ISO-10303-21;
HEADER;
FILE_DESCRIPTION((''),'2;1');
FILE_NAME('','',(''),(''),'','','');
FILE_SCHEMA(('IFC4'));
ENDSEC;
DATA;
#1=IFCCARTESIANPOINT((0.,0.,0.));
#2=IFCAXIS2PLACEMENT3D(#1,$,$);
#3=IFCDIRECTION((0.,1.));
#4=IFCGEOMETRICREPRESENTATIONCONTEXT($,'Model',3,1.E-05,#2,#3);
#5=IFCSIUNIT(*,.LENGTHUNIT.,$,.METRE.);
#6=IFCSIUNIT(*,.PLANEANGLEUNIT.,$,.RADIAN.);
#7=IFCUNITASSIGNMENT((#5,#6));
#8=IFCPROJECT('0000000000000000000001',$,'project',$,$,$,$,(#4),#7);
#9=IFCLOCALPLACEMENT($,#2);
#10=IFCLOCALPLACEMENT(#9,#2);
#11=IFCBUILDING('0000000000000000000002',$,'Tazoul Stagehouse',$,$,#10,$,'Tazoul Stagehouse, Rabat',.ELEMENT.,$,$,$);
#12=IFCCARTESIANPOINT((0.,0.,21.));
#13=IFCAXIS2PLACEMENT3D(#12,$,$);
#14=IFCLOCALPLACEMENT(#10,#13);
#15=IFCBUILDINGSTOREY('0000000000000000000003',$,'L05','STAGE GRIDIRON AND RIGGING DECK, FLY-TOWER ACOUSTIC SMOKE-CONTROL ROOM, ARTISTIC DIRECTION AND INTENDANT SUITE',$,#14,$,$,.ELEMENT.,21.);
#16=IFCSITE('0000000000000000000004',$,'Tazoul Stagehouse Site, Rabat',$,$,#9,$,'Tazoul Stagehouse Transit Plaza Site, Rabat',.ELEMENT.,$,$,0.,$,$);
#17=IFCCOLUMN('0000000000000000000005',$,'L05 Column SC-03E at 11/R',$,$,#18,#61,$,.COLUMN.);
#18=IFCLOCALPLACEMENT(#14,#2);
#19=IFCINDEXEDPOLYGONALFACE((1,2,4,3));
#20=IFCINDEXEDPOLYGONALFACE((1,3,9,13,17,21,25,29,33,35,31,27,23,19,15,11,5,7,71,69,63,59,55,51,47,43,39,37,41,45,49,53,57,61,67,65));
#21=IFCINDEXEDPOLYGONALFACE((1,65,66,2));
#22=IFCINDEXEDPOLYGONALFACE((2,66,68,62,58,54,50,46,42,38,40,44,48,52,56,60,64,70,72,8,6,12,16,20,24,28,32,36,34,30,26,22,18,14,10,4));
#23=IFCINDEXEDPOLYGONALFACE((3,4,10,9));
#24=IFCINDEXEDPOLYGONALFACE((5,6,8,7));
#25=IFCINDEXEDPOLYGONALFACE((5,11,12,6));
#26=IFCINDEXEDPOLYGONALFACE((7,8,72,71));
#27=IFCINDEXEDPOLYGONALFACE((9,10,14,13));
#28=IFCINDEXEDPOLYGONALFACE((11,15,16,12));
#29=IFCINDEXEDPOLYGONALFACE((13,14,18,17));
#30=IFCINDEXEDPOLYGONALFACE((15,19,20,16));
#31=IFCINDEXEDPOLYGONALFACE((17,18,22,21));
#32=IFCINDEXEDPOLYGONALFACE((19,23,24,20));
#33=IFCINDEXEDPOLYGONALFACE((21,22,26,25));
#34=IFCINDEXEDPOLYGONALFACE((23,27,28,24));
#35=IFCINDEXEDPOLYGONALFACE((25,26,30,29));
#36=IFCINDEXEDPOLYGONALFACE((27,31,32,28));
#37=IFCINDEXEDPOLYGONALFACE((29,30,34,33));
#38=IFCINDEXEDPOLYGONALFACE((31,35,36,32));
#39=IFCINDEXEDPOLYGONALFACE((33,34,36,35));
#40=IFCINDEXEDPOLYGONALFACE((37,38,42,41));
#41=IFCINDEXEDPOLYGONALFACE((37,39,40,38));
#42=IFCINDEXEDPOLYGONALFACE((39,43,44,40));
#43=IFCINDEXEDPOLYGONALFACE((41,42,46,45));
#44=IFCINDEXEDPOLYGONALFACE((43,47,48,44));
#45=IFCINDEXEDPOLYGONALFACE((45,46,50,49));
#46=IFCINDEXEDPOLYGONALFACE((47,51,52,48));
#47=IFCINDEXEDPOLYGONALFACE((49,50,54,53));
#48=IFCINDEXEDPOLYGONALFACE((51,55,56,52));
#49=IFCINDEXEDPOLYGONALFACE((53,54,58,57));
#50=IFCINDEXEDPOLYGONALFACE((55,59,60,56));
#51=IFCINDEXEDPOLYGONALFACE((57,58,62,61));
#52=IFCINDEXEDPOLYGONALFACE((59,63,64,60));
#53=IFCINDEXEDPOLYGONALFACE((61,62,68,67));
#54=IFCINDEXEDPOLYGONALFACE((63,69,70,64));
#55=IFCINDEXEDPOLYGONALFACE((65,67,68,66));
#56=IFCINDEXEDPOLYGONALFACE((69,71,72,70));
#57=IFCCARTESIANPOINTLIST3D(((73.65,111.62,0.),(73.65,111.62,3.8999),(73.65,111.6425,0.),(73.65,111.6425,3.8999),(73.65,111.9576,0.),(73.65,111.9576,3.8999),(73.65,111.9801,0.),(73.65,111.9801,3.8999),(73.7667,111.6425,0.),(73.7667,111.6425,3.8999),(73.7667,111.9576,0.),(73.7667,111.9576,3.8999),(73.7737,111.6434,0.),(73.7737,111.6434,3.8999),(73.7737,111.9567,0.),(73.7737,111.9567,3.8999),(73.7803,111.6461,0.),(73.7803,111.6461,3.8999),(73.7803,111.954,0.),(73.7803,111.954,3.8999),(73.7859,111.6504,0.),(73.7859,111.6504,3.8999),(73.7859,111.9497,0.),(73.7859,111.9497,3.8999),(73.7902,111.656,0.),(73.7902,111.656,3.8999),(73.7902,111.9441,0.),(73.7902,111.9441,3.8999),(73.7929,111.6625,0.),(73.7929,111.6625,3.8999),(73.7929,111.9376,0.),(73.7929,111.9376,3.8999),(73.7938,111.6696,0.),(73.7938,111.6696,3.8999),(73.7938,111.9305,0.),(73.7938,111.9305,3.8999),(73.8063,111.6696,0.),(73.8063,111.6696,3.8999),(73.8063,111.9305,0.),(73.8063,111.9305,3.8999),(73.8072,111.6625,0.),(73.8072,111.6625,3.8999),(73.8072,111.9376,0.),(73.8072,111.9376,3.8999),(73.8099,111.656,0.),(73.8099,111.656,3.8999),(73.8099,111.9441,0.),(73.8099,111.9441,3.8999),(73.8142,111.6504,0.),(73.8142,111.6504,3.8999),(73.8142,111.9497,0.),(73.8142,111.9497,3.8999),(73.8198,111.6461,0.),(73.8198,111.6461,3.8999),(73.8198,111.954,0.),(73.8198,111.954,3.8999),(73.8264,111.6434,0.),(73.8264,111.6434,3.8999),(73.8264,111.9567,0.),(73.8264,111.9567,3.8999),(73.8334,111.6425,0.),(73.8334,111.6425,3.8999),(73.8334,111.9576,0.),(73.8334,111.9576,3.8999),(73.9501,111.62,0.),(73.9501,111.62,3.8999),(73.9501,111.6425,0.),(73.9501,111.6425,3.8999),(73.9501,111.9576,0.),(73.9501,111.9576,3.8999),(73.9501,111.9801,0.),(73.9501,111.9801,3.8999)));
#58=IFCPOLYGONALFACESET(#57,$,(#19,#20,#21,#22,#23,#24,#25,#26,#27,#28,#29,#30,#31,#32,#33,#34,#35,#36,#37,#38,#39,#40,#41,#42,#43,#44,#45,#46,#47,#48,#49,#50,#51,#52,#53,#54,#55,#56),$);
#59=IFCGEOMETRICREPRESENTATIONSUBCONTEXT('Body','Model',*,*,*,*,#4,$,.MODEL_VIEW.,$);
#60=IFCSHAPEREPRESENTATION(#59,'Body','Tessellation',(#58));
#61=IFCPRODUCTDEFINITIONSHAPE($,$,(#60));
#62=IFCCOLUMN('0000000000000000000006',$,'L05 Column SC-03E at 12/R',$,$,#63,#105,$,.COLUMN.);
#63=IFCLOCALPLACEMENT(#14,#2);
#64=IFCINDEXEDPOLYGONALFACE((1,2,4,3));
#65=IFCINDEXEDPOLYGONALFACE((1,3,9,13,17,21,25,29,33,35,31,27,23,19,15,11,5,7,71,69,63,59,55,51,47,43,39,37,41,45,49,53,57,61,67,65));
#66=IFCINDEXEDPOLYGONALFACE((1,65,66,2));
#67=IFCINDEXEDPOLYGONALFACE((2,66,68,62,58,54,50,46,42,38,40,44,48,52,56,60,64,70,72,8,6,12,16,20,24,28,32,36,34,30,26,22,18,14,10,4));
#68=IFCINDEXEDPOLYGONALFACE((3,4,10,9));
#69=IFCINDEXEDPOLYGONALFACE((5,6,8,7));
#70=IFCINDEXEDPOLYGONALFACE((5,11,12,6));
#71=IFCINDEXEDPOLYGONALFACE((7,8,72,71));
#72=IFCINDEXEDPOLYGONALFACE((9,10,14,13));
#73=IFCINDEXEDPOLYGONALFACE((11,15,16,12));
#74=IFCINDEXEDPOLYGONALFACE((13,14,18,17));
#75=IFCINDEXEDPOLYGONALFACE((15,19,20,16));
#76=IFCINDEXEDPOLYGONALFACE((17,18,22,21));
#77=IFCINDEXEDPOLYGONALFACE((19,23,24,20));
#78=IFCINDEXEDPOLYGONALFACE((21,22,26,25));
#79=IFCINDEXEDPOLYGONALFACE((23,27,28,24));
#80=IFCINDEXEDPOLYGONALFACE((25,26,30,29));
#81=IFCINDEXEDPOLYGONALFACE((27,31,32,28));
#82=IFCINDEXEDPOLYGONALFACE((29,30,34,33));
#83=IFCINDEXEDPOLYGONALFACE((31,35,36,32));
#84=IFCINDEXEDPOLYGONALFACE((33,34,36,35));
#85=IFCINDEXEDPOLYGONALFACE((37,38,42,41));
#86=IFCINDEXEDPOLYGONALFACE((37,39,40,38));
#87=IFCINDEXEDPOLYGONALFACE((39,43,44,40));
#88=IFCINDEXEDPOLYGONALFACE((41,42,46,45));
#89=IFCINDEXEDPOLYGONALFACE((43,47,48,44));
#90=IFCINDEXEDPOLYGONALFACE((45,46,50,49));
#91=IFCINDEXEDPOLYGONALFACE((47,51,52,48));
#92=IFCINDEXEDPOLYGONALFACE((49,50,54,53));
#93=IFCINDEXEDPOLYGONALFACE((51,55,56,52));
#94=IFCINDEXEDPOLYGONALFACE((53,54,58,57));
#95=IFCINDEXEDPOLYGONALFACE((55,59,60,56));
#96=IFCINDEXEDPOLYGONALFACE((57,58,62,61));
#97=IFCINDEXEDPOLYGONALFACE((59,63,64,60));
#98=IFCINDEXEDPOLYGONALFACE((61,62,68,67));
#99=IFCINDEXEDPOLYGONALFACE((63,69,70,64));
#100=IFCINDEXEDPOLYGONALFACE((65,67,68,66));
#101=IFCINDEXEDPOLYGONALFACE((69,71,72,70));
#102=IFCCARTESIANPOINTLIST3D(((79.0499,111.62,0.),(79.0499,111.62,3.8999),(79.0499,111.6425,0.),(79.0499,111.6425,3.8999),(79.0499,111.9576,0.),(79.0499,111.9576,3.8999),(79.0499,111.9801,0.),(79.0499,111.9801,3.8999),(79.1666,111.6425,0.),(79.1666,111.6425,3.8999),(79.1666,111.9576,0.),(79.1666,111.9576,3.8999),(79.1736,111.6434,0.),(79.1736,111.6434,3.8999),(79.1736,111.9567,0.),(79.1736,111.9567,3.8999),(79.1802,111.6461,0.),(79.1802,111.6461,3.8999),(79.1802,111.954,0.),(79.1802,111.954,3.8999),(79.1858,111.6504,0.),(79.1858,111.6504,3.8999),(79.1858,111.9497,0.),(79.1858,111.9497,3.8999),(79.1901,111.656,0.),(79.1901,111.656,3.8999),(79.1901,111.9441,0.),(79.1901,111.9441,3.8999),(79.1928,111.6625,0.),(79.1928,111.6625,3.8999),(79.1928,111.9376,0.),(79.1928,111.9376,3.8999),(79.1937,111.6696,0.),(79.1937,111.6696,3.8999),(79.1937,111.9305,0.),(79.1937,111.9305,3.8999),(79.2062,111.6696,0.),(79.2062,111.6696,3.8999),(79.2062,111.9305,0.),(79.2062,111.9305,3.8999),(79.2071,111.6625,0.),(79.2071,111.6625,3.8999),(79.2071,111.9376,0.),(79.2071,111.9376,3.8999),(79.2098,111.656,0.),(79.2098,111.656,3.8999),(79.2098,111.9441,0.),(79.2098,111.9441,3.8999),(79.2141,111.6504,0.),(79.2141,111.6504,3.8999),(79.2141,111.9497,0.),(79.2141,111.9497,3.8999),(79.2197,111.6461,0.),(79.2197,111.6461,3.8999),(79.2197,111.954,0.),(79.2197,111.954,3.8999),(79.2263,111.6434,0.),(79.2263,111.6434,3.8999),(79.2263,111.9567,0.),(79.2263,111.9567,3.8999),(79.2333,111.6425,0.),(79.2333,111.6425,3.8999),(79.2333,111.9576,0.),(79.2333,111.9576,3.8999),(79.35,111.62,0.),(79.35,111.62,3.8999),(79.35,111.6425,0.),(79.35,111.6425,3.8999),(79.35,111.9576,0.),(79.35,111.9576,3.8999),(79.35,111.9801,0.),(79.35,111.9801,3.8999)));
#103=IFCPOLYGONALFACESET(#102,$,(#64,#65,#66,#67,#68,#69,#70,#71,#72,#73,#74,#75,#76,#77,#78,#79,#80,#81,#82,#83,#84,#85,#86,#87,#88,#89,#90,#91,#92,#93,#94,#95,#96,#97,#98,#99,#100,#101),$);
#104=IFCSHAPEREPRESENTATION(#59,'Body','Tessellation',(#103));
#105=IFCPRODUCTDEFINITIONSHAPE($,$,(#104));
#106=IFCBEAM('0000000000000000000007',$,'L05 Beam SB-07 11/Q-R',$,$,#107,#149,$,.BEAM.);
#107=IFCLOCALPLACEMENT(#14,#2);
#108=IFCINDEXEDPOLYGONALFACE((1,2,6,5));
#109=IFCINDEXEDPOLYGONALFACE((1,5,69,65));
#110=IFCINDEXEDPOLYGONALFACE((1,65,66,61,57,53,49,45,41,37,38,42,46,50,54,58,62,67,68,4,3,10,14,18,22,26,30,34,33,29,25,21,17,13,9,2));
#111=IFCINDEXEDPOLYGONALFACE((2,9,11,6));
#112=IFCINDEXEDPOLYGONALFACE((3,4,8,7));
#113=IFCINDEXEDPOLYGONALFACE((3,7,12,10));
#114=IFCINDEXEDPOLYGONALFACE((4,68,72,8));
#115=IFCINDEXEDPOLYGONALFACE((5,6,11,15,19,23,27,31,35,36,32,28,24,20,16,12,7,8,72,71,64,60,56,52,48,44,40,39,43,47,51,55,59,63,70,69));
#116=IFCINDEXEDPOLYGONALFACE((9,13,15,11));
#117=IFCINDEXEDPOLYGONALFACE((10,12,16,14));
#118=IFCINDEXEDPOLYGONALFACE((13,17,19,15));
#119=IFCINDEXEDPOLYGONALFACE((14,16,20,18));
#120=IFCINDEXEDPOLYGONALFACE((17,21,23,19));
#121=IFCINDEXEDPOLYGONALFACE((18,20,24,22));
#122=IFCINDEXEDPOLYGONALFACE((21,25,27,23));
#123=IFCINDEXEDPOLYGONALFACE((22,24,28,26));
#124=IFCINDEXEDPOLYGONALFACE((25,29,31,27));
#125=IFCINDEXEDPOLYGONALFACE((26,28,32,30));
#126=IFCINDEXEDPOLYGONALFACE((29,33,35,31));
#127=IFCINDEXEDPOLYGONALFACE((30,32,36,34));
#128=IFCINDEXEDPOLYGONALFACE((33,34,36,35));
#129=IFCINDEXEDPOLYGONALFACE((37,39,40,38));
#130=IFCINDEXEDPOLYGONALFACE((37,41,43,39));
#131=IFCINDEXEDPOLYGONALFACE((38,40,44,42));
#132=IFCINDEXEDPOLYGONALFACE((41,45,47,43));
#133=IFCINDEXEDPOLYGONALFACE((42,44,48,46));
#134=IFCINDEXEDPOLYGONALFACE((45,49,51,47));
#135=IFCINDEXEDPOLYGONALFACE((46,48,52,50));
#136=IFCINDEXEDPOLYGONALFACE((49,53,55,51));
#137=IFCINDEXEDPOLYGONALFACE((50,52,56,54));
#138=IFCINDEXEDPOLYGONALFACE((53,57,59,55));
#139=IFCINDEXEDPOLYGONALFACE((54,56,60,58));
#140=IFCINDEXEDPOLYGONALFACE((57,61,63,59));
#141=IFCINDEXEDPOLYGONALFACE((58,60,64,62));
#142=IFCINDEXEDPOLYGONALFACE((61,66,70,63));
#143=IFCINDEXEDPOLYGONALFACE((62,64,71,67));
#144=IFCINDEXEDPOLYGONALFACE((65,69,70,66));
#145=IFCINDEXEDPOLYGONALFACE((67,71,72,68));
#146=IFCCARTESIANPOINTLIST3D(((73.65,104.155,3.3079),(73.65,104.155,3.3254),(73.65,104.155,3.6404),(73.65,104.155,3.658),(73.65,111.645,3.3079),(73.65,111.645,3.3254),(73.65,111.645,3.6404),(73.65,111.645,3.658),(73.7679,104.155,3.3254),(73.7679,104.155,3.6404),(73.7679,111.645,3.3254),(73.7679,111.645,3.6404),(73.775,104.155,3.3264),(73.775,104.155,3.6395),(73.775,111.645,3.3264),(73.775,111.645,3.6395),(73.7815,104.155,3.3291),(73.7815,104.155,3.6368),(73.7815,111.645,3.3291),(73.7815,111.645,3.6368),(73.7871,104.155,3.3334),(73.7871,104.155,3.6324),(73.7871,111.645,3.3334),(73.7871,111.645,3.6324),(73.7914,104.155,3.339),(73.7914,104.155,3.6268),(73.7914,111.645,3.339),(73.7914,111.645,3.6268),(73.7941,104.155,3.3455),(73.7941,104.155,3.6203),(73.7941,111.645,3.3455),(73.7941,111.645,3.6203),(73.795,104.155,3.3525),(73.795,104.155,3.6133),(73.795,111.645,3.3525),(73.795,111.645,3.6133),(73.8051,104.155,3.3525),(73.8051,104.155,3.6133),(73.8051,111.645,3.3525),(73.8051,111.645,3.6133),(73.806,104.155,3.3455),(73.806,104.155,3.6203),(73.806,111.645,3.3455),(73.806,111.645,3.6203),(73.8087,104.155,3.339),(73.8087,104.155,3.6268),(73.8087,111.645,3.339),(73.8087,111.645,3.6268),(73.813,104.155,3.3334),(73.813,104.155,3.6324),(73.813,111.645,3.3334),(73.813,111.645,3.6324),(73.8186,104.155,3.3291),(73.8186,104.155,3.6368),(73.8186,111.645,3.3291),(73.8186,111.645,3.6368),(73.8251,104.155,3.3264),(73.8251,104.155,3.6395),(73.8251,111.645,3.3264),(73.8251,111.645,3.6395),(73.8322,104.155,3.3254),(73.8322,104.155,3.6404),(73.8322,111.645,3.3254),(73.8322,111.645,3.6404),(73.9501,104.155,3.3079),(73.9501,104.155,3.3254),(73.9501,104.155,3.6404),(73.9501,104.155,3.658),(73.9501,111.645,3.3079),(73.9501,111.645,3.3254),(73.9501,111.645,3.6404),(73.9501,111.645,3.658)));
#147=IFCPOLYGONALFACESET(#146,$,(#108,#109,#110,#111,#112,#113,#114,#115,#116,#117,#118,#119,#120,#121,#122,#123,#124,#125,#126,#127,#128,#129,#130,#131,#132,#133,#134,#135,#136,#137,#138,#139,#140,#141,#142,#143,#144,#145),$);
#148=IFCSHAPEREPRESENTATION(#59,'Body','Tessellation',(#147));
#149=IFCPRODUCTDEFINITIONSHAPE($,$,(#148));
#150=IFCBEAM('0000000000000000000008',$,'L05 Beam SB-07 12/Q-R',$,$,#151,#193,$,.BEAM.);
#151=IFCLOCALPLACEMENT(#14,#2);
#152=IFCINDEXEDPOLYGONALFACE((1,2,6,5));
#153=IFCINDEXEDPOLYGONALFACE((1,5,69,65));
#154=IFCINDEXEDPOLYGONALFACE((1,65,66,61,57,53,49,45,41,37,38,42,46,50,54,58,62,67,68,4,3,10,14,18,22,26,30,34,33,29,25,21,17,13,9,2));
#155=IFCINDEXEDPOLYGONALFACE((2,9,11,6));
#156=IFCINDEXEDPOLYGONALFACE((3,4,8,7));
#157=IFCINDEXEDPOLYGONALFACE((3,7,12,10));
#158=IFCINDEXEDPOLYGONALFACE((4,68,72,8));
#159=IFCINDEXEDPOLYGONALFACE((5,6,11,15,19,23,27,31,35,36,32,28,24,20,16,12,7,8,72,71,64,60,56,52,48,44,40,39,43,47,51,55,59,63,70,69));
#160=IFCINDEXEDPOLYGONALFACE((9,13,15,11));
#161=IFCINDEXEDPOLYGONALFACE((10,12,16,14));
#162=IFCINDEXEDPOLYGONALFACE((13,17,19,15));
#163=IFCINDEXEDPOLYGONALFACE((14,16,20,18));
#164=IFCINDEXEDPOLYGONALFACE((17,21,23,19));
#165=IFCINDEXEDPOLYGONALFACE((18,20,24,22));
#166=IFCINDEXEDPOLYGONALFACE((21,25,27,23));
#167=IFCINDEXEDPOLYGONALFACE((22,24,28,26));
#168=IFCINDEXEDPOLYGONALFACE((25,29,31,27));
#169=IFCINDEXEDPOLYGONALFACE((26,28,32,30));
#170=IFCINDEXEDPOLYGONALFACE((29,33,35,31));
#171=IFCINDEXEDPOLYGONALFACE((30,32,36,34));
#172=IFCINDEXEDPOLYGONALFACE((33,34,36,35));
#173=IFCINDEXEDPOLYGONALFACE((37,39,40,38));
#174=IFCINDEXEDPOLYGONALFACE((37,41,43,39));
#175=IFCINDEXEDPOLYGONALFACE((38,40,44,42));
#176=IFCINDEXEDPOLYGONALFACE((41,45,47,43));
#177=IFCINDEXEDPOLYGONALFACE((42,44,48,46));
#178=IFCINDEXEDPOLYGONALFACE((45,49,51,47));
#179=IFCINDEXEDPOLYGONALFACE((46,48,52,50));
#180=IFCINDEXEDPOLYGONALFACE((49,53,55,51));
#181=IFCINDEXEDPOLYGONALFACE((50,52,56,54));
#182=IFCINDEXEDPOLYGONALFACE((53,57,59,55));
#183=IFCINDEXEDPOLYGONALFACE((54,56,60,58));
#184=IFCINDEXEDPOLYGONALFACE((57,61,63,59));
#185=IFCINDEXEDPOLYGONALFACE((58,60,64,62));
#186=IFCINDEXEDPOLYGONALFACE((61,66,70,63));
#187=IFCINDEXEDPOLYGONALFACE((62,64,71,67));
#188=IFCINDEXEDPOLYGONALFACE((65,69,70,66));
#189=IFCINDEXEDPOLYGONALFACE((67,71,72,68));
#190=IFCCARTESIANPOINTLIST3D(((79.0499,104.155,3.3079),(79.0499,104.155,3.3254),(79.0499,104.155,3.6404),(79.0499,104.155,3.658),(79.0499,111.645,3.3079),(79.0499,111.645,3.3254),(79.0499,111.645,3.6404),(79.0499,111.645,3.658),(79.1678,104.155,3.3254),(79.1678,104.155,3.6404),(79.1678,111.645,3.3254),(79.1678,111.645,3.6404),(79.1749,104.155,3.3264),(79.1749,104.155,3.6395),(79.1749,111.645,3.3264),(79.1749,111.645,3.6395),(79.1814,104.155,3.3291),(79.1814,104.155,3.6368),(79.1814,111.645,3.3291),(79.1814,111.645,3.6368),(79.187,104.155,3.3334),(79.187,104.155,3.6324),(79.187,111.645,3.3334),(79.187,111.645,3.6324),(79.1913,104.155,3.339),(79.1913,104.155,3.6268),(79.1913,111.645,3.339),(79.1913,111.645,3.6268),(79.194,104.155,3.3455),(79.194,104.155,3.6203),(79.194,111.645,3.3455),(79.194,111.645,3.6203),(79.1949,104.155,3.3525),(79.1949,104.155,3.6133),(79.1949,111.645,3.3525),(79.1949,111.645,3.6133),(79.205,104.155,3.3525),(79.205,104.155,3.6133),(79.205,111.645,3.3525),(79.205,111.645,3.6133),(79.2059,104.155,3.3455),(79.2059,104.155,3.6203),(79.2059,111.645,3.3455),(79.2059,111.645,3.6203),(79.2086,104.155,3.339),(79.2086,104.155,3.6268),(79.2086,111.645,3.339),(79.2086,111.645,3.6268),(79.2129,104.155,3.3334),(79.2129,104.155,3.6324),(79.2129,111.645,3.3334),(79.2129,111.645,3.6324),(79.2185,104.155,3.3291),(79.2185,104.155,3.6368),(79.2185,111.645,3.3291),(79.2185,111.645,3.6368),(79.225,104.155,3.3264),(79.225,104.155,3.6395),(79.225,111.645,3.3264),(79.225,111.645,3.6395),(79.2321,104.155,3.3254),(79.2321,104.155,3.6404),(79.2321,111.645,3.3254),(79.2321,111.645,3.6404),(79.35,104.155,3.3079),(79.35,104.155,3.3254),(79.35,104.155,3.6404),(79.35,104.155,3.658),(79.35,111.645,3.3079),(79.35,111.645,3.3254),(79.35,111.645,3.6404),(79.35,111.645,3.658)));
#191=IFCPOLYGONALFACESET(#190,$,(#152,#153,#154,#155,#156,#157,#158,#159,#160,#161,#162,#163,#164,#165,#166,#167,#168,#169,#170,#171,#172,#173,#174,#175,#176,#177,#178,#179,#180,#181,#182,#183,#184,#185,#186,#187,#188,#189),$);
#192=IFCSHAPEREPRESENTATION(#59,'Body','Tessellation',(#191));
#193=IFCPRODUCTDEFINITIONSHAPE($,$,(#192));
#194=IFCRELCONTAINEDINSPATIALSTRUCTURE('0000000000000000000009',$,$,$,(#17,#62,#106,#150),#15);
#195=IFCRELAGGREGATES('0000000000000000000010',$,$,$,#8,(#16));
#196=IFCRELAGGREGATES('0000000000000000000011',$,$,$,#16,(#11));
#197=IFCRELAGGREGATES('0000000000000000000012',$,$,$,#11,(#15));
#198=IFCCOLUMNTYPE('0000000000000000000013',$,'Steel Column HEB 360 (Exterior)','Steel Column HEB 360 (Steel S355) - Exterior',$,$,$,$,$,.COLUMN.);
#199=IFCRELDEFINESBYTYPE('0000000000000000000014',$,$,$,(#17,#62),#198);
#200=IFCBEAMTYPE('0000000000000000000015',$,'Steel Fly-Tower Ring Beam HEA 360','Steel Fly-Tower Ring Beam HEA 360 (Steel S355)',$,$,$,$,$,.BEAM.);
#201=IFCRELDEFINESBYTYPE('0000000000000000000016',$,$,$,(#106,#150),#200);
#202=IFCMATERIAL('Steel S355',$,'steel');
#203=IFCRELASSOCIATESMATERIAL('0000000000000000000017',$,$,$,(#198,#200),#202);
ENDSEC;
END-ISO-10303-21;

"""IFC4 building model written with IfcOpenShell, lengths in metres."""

from ifc_helpers import new_model, si_unit, direction, frame, origin, origin_2d, place, context, subcontext, project, spatial, i_section, extrude, material, material_profile, profile_set, type_object, element, save


model = new_model("IFC4")

# Units and contexts
model_context = context("Model", 3, precision=1e-05, world=origin(), true_north=direction((0.0, 1.0)))
body_context = subcontext(model_context, "Body", "Model", "MODEL_VIEW")
ifc_project = project(units=[si_unit("LENGTHUNIT", "METRE"), si_unit("PLANEANGLEUNIT", "RADIAN")], contexts=[model_context])

# Site, building, storey
site_placement = place(None, origin())
site = spatial("IfcSite", under=ifc_project, at=site_placement, Name="Tazoul Stagehouse Site, Rabat", LongName="Tazoul Stagehouse Transit Plaza Site, Rabat", CompositionType="ELEMENT", RefElevation=0.0)
building_placement = place(site_placement, origin())
building = spatial("IfcBuilding", under=site, at=building_placement, Name="Tazoul Stagehouse", LongName="Tazoul Stagehouse, Rabat", CompositionType="ELEMENT")
storey_placement = place(building_placement, frame((0.0, 0.0, 21.0)))
storey = spatial("IfcBuildingStorey", under=building, at=storey_placement, Name="L05", Description="STAGE GRIDIRON AND RIGGING DECK, FLY-TOWER ACOUSTIC SMOKE-CONTROL ROOM, ARTISTIC DIRECTION AND INTENDANT SUITE", CompositionType="ELEMENT", Elevation=21.0)

# Columns
ifc_material_1 = material(Name="Steel S355", Category="steel")
ifc_material_profile_1 = material_profile(ifc_material_1, i_section(OverallWidth=0.3, OverallDepth=0.3601, WebThickness=0.0125, FlangeThickness=0.0225, FilletRadius=0.0271, at=origin_2d()), Name="HEB 360")
ifc_profile_set_1 = profile_set([ifc_material_profile_1], Name="Steel S355")
column_type = type_object("IfcColumnType", Name="Steel Column HEB 360 (Exterior)", Description="Steel Column HEB 360 (Steel S355) - Exterior", PredefinedType="COLUMN", material=ifc_profile_set_1)
for number, where, z_axis, x_axis, name in (
    (1, (73.8, 111.8, 0.0), (0.0, 0.0, 1.0), (1.0, 0.0, 0.0), "L05 Column SC-03E at 11/R"),
    (2, (79.2, 111.8, 0.0), (0.0, 0.0, 1.0), (1.0, 0.0, 0.0), "L05 Column SC-03E at 12/R"),
):
    element("IfcColumn", number, at=place(storey_placement, frame(where, z_axis=z_axis, x_axis=x_axis)), inside=storey, type_object=column_type, Name=name, PredefinedType="COLUMN", context=body_context, shape_type="SweptSolid", body=[
        extrude(i_section(OverallWidth=0.3, OverallDepth=0.3601, WebThickness=0.0125, FlangeThickness=0.0225, FilletRadius=0.0271, at=origin_2d()), origin(), (0.0, 0.0, 1.0), 3.8999),
    ])

# Beams
ifc_material_profile_2 = material_profile(ifc_material_1, i_section(OverallWidth=0.3, OverallDepth=0.3501, WebThickness=0.01, FlangeThickness=0.0176, FilletRadius=0.0271, at=origin_2d()), Name="HEA 360")
ifc_profile_set_2 = profile_set([ifc_material_profile_2], Name="Steel S355")
beam_type_1 = type_object("IfcBeamType", Name="Steel Fly-Tower Ring Beam HEA 360", Description="Steel Fly-Tower Ring Beam HEA 360 (Steel S355)", PredefinedType="BEAM", material=ifc_profile_set_2)
for number, where, z_axis, x_axis, name in (
    (3, (73.8, 104.155, 3.4829), (0.0, 1.0, 0.0), (-1.0, 0.0, 0.0), "L05 Beam SB-07 11/Q-R"),
    (4, (79.2, 104.155, 3.4829), (0.0, 1.0, 0.0), (-1.0, 0.0, 0.0), "L05 Beam SB-07 12/Q-R"),
):
    element("IfcBeam", number, at=place(storey_placement, frame(where, z_axis=z_axis, x_axis=x_axis)), inside=storey, type_object=beam_type_1, Name=name, PredefinedType="BEAM", context=body_context, shape_type="SweptSolid", body=[
        extrude(i_section(OverallWidth=0.3, OverallDepth=0.3501, WebThickness=0.01, FlangeThickness=0.0176, FilletRadius=0.0271, at=origin_2d()), origin(), (0.0, 0.0, 1.0), 7.49),
    ])

save(model, "model.ifc")
